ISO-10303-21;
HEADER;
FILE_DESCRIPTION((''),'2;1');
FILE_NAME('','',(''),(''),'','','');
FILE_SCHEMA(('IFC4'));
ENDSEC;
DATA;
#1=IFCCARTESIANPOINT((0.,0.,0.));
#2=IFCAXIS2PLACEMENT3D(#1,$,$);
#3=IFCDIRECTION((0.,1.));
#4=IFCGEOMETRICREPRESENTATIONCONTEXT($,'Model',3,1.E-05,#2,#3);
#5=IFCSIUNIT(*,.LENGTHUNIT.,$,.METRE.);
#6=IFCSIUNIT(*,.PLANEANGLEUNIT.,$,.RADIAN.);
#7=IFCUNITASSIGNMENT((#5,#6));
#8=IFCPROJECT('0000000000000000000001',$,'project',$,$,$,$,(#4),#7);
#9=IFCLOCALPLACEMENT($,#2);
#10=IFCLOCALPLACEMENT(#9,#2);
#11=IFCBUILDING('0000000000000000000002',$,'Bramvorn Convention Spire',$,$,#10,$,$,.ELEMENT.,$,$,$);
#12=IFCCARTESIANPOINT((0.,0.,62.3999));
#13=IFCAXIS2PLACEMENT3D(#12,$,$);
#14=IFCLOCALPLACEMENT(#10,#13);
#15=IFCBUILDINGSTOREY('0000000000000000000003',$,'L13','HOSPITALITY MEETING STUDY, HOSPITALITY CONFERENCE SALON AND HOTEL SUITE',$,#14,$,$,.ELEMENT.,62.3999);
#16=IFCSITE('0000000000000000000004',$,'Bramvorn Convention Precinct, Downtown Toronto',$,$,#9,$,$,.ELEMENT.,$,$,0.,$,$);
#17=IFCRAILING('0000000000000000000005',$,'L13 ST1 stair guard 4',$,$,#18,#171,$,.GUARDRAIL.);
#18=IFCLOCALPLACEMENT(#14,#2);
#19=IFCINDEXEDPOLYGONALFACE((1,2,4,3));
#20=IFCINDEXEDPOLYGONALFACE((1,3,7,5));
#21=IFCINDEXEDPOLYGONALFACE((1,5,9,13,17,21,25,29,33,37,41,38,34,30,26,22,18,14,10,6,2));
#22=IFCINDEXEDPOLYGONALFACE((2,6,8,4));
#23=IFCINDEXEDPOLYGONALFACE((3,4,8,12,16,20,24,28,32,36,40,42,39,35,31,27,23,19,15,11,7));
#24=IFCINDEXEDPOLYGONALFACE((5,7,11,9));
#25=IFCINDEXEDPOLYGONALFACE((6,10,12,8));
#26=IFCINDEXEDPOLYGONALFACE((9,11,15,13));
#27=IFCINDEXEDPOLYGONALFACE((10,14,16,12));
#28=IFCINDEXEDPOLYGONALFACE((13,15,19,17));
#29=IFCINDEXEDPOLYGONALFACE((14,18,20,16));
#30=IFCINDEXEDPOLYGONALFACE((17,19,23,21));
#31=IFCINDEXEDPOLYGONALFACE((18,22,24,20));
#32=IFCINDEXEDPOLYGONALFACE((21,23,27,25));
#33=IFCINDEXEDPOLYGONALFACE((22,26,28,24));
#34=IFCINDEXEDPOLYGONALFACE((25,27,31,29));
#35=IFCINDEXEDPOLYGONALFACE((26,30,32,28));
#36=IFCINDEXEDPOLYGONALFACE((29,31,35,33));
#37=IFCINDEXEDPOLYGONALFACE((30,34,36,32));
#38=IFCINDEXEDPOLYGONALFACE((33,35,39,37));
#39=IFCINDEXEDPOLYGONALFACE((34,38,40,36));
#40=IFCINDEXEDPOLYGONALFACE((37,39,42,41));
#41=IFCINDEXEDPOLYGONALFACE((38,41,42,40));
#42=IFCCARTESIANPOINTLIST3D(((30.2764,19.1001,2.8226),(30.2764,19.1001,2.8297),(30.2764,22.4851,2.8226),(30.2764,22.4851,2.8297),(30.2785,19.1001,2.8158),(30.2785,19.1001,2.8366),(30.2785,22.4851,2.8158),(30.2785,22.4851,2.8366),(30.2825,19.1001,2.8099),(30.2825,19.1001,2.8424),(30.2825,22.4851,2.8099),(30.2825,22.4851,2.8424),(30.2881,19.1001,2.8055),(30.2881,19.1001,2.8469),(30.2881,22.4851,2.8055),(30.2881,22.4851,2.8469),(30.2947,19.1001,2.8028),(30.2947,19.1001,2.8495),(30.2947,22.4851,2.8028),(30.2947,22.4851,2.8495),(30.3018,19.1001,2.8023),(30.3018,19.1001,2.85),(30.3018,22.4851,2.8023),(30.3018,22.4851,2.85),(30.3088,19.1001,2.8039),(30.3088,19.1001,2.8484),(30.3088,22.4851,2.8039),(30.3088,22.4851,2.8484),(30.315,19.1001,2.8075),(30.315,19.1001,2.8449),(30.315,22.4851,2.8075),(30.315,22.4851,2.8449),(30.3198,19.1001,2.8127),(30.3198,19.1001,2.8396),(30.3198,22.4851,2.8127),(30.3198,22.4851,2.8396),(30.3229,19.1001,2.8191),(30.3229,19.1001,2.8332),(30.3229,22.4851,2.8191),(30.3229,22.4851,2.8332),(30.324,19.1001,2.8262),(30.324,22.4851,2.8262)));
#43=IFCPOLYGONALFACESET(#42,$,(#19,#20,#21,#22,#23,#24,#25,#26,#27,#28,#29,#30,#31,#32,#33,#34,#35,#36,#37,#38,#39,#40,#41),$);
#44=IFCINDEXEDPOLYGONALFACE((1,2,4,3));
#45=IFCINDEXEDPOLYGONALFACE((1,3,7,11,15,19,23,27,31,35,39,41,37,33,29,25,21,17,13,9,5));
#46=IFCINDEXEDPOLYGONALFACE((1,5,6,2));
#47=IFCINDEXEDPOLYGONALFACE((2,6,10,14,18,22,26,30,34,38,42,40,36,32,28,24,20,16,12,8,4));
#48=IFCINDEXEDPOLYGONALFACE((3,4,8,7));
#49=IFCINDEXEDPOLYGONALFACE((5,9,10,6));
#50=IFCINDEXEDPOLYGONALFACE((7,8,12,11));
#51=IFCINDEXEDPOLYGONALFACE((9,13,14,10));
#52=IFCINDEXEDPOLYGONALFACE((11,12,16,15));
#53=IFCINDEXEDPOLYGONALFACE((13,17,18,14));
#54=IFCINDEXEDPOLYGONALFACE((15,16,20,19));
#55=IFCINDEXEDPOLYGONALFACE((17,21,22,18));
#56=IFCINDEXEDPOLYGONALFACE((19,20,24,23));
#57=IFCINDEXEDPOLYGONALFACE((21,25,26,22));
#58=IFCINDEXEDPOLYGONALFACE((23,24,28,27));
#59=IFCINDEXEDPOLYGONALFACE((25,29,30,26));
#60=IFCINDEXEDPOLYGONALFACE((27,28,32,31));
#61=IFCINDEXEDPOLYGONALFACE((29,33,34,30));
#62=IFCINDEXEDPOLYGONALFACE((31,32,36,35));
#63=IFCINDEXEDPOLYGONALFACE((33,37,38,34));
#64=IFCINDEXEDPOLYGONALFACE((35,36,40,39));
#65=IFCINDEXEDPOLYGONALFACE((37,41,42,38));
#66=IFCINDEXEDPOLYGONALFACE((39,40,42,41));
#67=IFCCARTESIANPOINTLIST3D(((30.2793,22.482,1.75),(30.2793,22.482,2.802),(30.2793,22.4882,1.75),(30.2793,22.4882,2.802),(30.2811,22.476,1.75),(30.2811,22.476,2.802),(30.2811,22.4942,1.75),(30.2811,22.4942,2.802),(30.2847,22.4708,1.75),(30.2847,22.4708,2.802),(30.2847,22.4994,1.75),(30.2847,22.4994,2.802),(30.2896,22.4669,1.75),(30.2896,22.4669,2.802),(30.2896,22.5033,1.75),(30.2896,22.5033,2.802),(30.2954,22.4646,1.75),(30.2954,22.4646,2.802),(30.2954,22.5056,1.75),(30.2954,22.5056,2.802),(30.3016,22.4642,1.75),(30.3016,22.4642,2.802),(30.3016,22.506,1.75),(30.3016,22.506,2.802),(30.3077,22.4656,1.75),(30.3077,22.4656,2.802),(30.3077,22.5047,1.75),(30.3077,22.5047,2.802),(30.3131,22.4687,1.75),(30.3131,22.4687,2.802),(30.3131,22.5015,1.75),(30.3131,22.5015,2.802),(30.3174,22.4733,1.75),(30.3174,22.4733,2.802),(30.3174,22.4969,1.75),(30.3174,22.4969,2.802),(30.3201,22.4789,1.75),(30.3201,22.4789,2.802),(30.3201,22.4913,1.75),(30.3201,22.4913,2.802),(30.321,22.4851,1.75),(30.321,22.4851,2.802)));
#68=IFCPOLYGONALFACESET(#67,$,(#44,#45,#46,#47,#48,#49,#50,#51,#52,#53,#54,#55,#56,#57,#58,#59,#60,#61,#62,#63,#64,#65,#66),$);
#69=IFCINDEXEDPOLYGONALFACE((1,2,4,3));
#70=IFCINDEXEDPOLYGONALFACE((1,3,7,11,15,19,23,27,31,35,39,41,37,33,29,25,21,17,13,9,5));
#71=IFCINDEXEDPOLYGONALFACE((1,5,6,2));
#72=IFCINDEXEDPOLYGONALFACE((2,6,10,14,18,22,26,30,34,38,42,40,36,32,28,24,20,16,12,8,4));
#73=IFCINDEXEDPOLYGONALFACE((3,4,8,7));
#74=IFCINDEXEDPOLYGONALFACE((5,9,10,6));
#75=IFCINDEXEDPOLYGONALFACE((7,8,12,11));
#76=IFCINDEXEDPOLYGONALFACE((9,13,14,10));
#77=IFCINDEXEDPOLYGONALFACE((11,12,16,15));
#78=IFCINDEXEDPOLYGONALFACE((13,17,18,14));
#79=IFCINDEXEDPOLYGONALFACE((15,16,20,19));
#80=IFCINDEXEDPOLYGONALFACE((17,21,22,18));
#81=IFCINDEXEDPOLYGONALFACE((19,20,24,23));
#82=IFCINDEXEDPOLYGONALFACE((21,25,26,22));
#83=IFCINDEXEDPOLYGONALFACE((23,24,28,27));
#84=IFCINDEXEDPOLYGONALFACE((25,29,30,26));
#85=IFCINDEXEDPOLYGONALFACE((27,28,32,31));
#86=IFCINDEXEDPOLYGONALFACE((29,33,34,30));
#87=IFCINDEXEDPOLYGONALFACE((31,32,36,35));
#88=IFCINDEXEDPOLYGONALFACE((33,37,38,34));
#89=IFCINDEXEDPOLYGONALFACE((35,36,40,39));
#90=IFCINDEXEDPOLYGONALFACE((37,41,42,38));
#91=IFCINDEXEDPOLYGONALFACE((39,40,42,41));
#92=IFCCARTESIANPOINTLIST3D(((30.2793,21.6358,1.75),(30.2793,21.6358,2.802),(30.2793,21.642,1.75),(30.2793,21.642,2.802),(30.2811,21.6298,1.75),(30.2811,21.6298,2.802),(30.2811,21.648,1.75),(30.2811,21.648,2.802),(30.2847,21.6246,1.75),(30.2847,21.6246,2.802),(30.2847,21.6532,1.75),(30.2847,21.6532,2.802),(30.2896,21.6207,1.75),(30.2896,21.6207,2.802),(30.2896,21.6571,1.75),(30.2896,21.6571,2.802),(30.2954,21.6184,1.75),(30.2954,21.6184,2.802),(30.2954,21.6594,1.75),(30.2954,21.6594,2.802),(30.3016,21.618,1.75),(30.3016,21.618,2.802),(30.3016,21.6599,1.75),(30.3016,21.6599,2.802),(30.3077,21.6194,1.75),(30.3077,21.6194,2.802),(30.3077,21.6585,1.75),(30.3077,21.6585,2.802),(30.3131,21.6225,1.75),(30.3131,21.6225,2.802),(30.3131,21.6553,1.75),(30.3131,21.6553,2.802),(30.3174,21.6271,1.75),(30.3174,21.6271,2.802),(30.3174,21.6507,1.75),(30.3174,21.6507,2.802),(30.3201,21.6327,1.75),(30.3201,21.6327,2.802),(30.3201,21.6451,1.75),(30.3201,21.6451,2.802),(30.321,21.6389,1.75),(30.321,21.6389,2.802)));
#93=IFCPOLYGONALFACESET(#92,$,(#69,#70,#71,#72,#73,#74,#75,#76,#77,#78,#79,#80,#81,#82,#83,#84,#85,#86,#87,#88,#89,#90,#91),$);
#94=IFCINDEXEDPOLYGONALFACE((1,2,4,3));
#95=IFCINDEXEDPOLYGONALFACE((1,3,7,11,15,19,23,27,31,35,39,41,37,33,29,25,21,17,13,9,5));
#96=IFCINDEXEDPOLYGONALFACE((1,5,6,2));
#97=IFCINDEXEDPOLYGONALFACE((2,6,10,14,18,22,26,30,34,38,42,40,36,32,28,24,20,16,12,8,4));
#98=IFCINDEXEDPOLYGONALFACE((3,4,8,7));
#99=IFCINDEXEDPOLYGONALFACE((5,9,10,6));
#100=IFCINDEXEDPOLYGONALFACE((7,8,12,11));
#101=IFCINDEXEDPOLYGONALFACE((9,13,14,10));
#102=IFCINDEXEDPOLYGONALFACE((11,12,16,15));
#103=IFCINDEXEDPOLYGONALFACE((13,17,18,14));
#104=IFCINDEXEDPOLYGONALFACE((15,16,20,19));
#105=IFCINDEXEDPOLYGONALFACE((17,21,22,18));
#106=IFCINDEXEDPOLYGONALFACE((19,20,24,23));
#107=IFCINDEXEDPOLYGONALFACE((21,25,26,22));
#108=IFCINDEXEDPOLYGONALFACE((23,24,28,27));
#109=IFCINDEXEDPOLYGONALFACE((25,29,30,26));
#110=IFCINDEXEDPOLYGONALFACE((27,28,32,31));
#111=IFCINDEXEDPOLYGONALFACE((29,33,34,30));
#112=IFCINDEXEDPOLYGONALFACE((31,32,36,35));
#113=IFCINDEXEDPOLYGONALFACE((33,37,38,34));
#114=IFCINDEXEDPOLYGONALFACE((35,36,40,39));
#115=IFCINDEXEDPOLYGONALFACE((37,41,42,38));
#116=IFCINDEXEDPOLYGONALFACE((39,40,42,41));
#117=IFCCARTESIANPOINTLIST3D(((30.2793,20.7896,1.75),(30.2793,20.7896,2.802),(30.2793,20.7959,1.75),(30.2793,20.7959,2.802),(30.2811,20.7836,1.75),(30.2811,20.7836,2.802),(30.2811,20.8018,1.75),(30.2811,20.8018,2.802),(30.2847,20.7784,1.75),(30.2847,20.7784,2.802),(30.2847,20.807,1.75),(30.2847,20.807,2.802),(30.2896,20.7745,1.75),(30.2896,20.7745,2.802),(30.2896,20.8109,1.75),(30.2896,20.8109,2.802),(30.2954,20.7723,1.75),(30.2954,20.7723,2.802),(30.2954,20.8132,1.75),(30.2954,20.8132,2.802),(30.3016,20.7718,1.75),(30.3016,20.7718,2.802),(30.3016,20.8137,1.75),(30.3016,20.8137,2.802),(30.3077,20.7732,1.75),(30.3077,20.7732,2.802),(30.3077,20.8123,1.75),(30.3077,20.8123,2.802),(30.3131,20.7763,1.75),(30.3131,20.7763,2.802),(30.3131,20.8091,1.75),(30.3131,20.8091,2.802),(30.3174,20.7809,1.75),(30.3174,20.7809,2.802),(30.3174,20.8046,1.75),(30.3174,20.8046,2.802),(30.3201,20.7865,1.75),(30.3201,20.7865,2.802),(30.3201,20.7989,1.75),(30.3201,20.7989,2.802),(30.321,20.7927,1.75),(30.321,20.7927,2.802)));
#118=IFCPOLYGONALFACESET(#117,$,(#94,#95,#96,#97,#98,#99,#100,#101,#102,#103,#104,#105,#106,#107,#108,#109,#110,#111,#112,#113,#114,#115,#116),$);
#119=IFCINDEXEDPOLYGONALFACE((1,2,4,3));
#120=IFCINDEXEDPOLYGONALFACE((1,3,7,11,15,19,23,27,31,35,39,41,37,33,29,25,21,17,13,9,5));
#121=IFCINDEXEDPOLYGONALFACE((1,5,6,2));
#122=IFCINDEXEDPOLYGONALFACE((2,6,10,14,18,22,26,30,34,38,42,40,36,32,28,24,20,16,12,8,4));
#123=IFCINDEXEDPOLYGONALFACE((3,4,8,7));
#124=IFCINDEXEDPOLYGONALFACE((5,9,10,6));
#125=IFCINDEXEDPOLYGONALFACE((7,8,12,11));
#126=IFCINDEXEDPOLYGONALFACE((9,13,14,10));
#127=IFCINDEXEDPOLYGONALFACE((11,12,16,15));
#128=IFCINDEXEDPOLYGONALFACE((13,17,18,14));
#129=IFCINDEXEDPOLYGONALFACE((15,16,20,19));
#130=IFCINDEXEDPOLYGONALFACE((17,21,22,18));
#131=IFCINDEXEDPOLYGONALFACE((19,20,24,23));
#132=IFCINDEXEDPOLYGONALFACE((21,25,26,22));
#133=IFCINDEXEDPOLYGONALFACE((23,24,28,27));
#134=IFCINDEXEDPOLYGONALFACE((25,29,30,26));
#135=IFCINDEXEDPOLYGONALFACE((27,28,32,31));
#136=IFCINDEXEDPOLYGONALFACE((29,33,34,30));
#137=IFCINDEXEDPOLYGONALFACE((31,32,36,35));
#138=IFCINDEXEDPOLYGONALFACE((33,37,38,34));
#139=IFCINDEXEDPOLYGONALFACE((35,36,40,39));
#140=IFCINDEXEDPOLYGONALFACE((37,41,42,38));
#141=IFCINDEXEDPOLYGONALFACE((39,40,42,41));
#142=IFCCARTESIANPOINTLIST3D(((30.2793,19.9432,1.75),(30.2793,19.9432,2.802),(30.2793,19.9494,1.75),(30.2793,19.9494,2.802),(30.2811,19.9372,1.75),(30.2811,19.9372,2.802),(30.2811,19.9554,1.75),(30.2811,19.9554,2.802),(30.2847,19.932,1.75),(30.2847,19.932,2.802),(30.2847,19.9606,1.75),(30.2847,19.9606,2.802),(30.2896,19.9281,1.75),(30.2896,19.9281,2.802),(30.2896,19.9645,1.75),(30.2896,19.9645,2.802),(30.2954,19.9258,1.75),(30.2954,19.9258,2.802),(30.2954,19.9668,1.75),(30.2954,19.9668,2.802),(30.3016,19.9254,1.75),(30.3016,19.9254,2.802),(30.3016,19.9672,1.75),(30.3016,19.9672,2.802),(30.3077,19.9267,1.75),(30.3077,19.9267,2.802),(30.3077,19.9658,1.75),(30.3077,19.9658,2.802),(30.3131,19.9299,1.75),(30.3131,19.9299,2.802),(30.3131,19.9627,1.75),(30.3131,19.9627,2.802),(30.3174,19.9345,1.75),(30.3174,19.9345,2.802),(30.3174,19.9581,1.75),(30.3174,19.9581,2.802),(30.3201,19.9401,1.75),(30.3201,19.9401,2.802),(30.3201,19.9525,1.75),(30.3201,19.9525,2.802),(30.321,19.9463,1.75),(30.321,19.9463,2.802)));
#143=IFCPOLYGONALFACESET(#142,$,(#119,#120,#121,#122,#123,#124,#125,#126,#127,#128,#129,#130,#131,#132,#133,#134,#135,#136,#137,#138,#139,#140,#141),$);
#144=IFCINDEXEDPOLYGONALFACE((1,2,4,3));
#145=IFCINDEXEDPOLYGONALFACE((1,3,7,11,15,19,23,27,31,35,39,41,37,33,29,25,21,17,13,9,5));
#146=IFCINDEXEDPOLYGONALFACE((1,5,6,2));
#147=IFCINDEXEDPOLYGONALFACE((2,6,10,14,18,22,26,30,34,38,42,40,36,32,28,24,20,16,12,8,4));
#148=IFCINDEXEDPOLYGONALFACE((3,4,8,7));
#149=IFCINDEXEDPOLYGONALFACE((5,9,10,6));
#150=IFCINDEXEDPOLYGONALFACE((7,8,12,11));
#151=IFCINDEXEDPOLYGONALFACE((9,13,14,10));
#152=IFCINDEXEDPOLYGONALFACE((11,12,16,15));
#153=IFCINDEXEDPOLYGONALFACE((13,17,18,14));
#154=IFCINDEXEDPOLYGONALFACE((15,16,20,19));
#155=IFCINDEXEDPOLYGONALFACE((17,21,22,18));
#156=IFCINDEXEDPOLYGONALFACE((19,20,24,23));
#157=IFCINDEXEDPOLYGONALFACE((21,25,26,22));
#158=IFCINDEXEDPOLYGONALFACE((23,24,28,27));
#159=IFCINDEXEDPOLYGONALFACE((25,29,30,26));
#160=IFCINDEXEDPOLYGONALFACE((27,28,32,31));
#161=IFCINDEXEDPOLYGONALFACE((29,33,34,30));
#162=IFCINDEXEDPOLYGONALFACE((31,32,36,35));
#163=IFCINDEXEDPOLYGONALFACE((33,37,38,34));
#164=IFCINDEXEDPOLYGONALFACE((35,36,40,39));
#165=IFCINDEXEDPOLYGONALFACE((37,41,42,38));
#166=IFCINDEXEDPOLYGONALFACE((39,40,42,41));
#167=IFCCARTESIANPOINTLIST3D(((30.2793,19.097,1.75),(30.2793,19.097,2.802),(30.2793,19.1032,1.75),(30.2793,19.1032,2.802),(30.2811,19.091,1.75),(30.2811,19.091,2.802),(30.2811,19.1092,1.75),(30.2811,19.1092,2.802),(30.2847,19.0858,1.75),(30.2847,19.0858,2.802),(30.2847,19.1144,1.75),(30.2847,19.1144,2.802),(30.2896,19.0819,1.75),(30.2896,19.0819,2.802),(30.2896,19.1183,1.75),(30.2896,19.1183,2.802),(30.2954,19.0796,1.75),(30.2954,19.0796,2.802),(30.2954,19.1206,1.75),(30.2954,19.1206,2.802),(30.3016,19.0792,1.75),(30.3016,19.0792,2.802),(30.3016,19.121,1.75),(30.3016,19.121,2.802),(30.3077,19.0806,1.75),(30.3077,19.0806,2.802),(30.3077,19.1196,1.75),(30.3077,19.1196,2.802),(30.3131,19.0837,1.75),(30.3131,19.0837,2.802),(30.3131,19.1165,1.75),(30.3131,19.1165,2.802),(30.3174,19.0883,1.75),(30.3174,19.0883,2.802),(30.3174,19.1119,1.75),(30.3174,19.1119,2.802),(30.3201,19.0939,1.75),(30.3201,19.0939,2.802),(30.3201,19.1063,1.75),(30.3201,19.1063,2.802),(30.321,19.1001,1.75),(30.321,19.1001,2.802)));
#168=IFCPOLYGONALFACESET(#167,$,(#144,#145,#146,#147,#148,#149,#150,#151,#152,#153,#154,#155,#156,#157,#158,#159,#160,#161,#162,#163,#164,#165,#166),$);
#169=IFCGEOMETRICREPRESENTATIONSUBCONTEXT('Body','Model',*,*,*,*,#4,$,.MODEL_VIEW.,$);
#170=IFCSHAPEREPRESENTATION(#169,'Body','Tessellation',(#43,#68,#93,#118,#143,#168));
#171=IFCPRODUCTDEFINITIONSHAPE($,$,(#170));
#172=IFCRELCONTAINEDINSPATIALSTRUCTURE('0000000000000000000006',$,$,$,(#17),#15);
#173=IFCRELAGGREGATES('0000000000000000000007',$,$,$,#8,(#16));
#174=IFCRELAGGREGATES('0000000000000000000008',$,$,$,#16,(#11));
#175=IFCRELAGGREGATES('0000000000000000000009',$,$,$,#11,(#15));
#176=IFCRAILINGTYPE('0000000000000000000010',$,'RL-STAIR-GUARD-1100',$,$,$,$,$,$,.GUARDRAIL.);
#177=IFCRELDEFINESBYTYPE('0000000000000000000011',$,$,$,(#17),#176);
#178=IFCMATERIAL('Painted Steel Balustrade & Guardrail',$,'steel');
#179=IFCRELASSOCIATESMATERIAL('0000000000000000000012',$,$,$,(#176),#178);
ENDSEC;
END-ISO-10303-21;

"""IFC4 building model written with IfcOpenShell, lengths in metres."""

from ifc_helpers import new_model, si_unit, direction, frame, origin, origin_2d, place, context, subcontext, project, spatial, circle, extrude, material, type_object, element, save


model = new_model("IFC4")

# Units and contexts
model_context = context("Model", 3, precision=1e-05, world=origin(), true_north=direction((0.0, 1.0)))
body_context = subcontext(model_context, "Body", "Model", "MODEL_VIEW")
ifc_project = project(units=[si_unit("LENGTHUNIT", "METRE"), si_unit("PLANEANGLEUNIT", "RADIAN")], contexts=[model_context])

# Site, building, storey
site_placement = place(None, origin())
site = spatial("IfcSite", under=ifc_project, at=site_placement, Name="Bramvorn Convention Precinct, Downtown Toronto", CompositionType="ELEMENT", RefElevation=0.0)
building_placement = place(site_placement, origin())
building = spatial("IfcBuilding", under=site, at=building_placement, Name="Bramvorn Convention Spire", CompositionType="ELEMENT")
storey_placement = place(building_placement, frame((0.0, 0.0, 62.3999)))
storey = spatial("IfcBuildingStorey", under=building, at=storey_placement, Name="L13", Description="HOSPITALITY MEETING STUDY, HOSPITALITY CONFERENCE SALON AND HOTEL SUITE", CompositionType="ELEMENT", Elevation=62.3999)

# Railing
ifc_material_1 = material(Name="Painted Steel Balustrade & Guardrail", Category="steel")
railing_type_1 = type_object("IfcRailingType", Name="RL-STAIR-GUARD-1100", PredefinedType="GUARDRAIL", material=ifc_material_1)
for number, where, name in (
    (1, (30.3, 22.4851, 1.75), "L13 ST1 stair guard 4"),
):
    element("IfcRailing", number, at=place(storey_placement, frame(where)), inside=storey, type_object=railing_type_1, Name=name, PredefinedType="GUARDRAIL", context=body_context, shape_type="SweptSolid", body=[
        extrude(circle(Radius=0.0239, at=origin_2d()), frame((0.0, 0.0, 1.0762), z_axis=(0.0, -1.0, 0.0), x_axis=(1.0, 0.0, 0.0)), (0.0, 0.0, 1.0), 3.385),
        extrude(circle(Radius=0.021, at=origin_2d()), origin(), (0.0, 0.0, 1.0), 1.052),
        extrude(circle(Radius=0.021, at=origin_2d()), frame((0.0, -0.8462, 0.0)), (0.0, 0.0, 1.0), 1.052),
        extrude(circle(Radius=0.021, at=origin_2d()), frame((0.0, -1.6924, 0.0)), (0.0, 0.0, 1.0), 1.052),
        extrude(circle(Radius=0.021, at=origin_2d()), frame((0.0, -2.5388, 0.0)), (0.0, 0.0, 1.0), 1.052),
        extrude(circle(Radius=0.021, at=origin_2d()), frame((0.0, -3.385, 0.0)), (0.0, 0.0, 1.0), 1.052),
    ])

save(model, "model.ifc")
